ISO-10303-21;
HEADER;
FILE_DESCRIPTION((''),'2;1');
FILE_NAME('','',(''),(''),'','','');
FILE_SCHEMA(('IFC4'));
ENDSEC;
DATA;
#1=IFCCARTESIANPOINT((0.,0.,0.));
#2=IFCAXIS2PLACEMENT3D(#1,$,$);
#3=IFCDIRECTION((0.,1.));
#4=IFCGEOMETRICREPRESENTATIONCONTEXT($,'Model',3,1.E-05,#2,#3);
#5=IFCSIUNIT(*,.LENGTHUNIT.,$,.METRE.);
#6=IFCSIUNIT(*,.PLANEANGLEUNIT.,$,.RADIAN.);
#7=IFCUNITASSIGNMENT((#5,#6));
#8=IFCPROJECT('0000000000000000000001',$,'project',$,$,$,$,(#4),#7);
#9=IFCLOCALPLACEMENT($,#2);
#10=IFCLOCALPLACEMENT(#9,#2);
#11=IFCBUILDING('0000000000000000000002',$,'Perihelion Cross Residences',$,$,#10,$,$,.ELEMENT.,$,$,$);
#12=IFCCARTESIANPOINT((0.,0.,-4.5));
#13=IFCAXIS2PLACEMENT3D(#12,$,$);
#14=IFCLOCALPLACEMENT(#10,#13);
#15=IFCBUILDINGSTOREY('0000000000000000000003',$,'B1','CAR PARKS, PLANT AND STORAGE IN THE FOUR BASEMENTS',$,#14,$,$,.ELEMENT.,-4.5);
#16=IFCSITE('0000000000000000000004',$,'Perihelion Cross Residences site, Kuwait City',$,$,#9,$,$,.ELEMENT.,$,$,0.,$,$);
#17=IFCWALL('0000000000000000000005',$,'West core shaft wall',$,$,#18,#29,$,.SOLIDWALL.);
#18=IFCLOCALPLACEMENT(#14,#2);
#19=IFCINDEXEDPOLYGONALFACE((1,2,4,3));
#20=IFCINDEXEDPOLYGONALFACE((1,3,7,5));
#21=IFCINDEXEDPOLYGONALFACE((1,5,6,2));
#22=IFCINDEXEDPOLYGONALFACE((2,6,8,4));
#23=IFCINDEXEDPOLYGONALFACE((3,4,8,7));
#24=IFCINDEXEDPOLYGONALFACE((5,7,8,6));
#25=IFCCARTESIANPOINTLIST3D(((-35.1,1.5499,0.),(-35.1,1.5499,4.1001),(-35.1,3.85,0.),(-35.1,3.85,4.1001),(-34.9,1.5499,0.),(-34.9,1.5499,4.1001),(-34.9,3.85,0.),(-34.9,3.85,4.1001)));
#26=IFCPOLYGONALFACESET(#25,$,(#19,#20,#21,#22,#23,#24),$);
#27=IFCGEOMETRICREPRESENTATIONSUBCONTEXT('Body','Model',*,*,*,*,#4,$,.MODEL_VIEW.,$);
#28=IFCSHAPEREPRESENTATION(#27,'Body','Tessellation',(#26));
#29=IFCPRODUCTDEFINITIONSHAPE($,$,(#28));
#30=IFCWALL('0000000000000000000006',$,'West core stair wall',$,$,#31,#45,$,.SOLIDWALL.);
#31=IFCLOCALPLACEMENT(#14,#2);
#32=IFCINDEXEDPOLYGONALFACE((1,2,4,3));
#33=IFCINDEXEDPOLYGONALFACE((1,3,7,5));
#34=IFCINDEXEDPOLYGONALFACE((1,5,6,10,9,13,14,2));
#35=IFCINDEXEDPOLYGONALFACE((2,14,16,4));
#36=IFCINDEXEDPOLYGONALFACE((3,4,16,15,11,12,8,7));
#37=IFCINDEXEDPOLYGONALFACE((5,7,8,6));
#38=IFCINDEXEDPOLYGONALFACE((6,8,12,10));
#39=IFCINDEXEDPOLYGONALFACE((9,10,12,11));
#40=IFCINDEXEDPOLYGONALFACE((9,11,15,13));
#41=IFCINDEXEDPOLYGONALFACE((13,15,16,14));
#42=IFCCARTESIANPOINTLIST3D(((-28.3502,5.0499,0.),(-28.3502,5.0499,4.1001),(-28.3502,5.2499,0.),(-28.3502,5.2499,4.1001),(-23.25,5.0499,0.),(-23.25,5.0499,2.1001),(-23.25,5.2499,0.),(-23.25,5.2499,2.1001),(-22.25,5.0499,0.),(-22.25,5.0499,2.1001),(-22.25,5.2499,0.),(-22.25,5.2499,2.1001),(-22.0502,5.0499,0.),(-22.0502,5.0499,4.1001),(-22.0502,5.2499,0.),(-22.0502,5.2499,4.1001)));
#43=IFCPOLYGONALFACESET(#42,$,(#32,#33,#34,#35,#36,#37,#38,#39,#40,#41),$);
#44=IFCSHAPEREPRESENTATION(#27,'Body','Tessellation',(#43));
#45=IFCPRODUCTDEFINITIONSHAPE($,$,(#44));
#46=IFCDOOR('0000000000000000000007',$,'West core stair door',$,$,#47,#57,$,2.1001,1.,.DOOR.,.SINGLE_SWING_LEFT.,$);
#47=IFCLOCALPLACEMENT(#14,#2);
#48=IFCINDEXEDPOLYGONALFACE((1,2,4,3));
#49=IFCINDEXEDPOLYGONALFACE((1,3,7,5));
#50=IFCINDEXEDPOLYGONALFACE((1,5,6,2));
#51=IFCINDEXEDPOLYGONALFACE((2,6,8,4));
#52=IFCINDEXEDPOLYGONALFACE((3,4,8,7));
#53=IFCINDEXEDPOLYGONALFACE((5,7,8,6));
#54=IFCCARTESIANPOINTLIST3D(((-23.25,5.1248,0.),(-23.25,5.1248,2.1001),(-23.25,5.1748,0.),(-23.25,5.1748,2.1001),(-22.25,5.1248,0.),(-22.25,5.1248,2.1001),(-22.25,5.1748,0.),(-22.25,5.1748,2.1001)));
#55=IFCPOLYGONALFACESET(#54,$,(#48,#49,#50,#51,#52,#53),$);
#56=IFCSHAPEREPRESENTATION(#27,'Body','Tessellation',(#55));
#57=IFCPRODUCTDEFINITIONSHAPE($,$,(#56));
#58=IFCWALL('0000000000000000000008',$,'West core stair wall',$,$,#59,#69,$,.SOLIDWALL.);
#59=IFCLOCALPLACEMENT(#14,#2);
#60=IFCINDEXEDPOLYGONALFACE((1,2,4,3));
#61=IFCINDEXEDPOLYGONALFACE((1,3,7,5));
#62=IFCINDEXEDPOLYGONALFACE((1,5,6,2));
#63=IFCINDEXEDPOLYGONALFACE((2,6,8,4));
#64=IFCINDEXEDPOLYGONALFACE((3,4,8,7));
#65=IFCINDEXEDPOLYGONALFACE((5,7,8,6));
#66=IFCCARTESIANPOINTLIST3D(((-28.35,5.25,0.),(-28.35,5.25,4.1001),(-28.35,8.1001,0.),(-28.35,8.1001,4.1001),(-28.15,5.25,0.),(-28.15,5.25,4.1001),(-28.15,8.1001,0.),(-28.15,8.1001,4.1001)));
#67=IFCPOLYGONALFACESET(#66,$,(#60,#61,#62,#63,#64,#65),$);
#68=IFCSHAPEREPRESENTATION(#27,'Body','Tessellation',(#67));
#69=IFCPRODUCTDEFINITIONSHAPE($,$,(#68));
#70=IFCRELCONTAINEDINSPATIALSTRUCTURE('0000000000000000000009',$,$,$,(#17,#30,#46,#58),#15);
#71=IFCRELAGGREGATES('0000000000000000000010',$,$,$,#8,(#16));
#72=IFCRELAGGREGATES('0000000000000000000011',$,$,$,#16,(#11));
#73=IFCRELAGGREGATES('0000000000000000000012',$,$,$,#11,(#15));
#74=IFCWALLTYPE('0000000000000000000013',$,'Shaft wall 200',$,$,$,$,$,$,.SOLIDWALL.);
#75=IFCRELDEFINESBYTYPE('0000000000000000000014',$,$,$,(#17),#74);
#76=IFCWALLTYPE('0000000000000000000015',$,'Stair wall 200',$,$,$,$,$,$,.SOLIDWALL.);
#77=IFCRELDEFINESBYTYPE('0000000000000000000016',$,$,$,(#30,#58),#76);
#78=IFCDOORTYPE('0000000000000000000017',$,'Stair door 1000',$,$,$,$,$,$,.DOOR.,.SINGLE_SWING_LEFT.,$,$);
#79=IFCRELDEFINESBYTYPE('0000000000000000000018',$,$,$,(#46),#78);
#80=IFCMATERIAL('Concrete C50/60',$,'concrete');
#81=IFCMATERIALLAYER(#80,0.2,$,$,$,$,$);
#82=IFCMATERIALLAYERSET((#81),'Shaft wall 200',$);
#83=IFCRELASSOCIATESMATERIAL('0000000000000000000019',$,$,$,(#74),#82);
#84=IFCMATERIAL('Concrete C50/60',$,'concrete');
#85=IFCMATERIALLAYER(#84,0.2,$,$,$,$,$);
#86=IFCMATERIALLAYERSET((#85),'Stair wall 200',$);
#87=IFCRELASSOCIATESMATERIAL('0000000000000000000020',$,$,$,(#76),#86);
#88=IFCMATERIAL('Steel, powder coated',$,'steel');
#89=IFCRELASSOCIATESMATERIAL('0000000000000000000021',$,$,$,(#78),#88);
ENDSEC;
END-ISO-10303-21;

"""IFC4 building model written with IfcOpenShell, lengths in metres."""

from ifc_helpers import new_model, si_unit, direction, frame, frame_2d, origin, place, context, subcontext, project, spatial, rectangle, extrude, material, layer, layer_set, type_object, element, fill, save


model = new_model("IFC4")

# Units and contexts
model_context = context("Model", 3, precision=1e-05, world=origin(), true_north=direction((0.0, 1.0)))
body_context = subcontext(model_context, "Body", "Model", "MODEL_VIEW")
ifc_project = project(units=[si_unit("LENGTHUNIT", "METRE"), si_unit("PLANEANGLEUNIT", "RADIAN")], contexts=[model_context])

# Site, building, storey
site_placement = place(None, origin())
site = spatial("IfcSite", under=ifc_project, at=site_placement, Name="Perihelion Cross Residences site, Kuwait City", CompositionType="ELEMENT", RefElevation=0.0)
building_placement = place(site_placement, origin())
building = spatial("IfcBuilding", under=site, at=building_placement, Name="Perihelion Cross Residences", CompositionType="ELEMENT")
storey_placement = place(building_placement, frame((0.0, 0.0, -4.5)))
storey = spatial("IfcBuildingStorey", under=building, at=storey_placement, Name="B1", Description="CAR PARKS, PLANT AND STORAGE IN THE FOUR BASEMENTS", CompositionType="ELEMENT", Elevation=-4.5)

# Shared definitions
ifc_material_1 = material(Name="Concrete C50/60", Category="concrete")
ifc_layer_1 = layer(ifc_material_1, 0.2)
ifc_layer_set_1 = layer_set([ifc_layer_1], Name="Shaft wall 200")
wall_type_1 = type_object("IfcWallType", Name="Shaft wall 200", PredefinedType="SOLIDWALL", material=ifc_layer_set_1)

# Wall
for number, where, z_axis, x_axis, name in (
    (1, (-35.0, 1.55, 0.0), (0.0, 0.0, 1.0), (0.0, 1.0, 0.0), "West core shaft wall"),
):
    element("IfcWall", number, at=place(storey_placement, frame(where, z_axis=z_axis, x_axis=x_axis)), inside=storey, type_object=wall_type_1, Name=name, PredefinedType="SOLIDWALL", context=body_context, shape_type="SweptSolid", body=[
        extrude(rectangle(XDim=2.3, YDim=0.2, at=frame_2d((1.1499, 0.0))), origin(), (0.0, 0.0, 1.0), 4.1001),
    ])

# Wall, opening, door
ifc_material_2 = material(Name="Concrete C50/60", Category="concrete")
ifc_layer_2 = layer(ifc_material_2, 0.2)
ifc_layer_set_2 = layer_set([ifc_layer_2], Name="Stair wall 200")
wall_type_2 = type_object("IfcWallType", Name="Stair wall 200", PredefinedType="SOLIDWALL", material=ifc_layer_set_2)
wall_1_placement = place(storey_placement, frame((-28.3501, 5.1499, 0.0), z_axis=(0.0, 0.0, 1.0), x_axis=(1.0, 0.0, 0.0)))
wall_1 = element("IfcWall", 2, at=wall_1_placement, inside=storey, type_object=wall_type_2, Name="West core stair wall", PredefinedType="SOLIDWALL", context=body_context, shape_type="SweptSolid", body=[
    extrude(rectangle(XDim=6.3, YDim=0.2, at=frame_2d((3.1499, 0.0))), origin(), (0.0, 0.0, 1.0), 4.1001),
])
opening_1_placement = place(wall_1_placement, frame((5.1001, 0.0, 0.0)))
opening_1 = element("IfcOpeningElement", 3, at=opening_1_placement, cuts=wall_1, PredefinedType="OPENING", context=body_context, shape_type="SweptSolid", body=[
    extrude(rectangle(XDim=1.0, YDim=2.1001, at=frame_2d((0.5, 1.05))), frame((0.0, 0.1099, 0.0), z_axis=(0.0, -1.0, 0.0), x_axis=(1.0, 0.0, 0.0)), (0.0, 0.0, 1.0), 0.22),
])
ifc_material_3 = material(Name="Steel, powder coated", Category="steel")
door_type_1 = type_object("IfcDoorType", Name="Stair door 1000", OperationType="SINGLE_SWING_LEFT", PredefinedType="DOOR", material=ifc_material_3)
door_1_placement = place(opening_1_placement, origin())
door_1 = element("IfcDoor", 4, at=door_1_placement, inside=storey, type_object=door_type_1, Name="West core stair door", OperationType="SINGLE_SWING_LEFT", OverallHeight=2.1001, OverallWidth=1.0, PredefinedType="DOOR", context=body_context, shape_type="SweptSolid", body=[
    extrude(rectangle(XDim=1.0, YDim=2.1001, at=frame_2d((0.5, 1.05))), frame((0.0, 0.0249, 0.0), z_axis=(0.0, -1.0, 0.0), x_axis=(1.0, 0.0, 0.0)), (0.0, 0.0, 1.0), 0.05),
])
fill(opening_1, door_1)

# Wall
wall_2_placement = place(storey_placement, frame((-28.25, 5.25, 0.0), z_axis=(0.0, 0.0, 1.0), x_axis=(0.0, 1.0, 0.0)))
element("IfcWall", 5, at=wall_2_placement, inside=storey, type_object=wall_type_2, Name="West core stair wall", PredefinedType="SOLIDWALL", context=body_context, shape_type="SweptSolid", body=[
    extrude(rectangle(XDim=2.8501, YDim=0.2, at=frame_2d((1.425, 0.0))), origin(), (0.0, 0.0, 1.0), 4.1001),
])

save(model, "model.ifc")
